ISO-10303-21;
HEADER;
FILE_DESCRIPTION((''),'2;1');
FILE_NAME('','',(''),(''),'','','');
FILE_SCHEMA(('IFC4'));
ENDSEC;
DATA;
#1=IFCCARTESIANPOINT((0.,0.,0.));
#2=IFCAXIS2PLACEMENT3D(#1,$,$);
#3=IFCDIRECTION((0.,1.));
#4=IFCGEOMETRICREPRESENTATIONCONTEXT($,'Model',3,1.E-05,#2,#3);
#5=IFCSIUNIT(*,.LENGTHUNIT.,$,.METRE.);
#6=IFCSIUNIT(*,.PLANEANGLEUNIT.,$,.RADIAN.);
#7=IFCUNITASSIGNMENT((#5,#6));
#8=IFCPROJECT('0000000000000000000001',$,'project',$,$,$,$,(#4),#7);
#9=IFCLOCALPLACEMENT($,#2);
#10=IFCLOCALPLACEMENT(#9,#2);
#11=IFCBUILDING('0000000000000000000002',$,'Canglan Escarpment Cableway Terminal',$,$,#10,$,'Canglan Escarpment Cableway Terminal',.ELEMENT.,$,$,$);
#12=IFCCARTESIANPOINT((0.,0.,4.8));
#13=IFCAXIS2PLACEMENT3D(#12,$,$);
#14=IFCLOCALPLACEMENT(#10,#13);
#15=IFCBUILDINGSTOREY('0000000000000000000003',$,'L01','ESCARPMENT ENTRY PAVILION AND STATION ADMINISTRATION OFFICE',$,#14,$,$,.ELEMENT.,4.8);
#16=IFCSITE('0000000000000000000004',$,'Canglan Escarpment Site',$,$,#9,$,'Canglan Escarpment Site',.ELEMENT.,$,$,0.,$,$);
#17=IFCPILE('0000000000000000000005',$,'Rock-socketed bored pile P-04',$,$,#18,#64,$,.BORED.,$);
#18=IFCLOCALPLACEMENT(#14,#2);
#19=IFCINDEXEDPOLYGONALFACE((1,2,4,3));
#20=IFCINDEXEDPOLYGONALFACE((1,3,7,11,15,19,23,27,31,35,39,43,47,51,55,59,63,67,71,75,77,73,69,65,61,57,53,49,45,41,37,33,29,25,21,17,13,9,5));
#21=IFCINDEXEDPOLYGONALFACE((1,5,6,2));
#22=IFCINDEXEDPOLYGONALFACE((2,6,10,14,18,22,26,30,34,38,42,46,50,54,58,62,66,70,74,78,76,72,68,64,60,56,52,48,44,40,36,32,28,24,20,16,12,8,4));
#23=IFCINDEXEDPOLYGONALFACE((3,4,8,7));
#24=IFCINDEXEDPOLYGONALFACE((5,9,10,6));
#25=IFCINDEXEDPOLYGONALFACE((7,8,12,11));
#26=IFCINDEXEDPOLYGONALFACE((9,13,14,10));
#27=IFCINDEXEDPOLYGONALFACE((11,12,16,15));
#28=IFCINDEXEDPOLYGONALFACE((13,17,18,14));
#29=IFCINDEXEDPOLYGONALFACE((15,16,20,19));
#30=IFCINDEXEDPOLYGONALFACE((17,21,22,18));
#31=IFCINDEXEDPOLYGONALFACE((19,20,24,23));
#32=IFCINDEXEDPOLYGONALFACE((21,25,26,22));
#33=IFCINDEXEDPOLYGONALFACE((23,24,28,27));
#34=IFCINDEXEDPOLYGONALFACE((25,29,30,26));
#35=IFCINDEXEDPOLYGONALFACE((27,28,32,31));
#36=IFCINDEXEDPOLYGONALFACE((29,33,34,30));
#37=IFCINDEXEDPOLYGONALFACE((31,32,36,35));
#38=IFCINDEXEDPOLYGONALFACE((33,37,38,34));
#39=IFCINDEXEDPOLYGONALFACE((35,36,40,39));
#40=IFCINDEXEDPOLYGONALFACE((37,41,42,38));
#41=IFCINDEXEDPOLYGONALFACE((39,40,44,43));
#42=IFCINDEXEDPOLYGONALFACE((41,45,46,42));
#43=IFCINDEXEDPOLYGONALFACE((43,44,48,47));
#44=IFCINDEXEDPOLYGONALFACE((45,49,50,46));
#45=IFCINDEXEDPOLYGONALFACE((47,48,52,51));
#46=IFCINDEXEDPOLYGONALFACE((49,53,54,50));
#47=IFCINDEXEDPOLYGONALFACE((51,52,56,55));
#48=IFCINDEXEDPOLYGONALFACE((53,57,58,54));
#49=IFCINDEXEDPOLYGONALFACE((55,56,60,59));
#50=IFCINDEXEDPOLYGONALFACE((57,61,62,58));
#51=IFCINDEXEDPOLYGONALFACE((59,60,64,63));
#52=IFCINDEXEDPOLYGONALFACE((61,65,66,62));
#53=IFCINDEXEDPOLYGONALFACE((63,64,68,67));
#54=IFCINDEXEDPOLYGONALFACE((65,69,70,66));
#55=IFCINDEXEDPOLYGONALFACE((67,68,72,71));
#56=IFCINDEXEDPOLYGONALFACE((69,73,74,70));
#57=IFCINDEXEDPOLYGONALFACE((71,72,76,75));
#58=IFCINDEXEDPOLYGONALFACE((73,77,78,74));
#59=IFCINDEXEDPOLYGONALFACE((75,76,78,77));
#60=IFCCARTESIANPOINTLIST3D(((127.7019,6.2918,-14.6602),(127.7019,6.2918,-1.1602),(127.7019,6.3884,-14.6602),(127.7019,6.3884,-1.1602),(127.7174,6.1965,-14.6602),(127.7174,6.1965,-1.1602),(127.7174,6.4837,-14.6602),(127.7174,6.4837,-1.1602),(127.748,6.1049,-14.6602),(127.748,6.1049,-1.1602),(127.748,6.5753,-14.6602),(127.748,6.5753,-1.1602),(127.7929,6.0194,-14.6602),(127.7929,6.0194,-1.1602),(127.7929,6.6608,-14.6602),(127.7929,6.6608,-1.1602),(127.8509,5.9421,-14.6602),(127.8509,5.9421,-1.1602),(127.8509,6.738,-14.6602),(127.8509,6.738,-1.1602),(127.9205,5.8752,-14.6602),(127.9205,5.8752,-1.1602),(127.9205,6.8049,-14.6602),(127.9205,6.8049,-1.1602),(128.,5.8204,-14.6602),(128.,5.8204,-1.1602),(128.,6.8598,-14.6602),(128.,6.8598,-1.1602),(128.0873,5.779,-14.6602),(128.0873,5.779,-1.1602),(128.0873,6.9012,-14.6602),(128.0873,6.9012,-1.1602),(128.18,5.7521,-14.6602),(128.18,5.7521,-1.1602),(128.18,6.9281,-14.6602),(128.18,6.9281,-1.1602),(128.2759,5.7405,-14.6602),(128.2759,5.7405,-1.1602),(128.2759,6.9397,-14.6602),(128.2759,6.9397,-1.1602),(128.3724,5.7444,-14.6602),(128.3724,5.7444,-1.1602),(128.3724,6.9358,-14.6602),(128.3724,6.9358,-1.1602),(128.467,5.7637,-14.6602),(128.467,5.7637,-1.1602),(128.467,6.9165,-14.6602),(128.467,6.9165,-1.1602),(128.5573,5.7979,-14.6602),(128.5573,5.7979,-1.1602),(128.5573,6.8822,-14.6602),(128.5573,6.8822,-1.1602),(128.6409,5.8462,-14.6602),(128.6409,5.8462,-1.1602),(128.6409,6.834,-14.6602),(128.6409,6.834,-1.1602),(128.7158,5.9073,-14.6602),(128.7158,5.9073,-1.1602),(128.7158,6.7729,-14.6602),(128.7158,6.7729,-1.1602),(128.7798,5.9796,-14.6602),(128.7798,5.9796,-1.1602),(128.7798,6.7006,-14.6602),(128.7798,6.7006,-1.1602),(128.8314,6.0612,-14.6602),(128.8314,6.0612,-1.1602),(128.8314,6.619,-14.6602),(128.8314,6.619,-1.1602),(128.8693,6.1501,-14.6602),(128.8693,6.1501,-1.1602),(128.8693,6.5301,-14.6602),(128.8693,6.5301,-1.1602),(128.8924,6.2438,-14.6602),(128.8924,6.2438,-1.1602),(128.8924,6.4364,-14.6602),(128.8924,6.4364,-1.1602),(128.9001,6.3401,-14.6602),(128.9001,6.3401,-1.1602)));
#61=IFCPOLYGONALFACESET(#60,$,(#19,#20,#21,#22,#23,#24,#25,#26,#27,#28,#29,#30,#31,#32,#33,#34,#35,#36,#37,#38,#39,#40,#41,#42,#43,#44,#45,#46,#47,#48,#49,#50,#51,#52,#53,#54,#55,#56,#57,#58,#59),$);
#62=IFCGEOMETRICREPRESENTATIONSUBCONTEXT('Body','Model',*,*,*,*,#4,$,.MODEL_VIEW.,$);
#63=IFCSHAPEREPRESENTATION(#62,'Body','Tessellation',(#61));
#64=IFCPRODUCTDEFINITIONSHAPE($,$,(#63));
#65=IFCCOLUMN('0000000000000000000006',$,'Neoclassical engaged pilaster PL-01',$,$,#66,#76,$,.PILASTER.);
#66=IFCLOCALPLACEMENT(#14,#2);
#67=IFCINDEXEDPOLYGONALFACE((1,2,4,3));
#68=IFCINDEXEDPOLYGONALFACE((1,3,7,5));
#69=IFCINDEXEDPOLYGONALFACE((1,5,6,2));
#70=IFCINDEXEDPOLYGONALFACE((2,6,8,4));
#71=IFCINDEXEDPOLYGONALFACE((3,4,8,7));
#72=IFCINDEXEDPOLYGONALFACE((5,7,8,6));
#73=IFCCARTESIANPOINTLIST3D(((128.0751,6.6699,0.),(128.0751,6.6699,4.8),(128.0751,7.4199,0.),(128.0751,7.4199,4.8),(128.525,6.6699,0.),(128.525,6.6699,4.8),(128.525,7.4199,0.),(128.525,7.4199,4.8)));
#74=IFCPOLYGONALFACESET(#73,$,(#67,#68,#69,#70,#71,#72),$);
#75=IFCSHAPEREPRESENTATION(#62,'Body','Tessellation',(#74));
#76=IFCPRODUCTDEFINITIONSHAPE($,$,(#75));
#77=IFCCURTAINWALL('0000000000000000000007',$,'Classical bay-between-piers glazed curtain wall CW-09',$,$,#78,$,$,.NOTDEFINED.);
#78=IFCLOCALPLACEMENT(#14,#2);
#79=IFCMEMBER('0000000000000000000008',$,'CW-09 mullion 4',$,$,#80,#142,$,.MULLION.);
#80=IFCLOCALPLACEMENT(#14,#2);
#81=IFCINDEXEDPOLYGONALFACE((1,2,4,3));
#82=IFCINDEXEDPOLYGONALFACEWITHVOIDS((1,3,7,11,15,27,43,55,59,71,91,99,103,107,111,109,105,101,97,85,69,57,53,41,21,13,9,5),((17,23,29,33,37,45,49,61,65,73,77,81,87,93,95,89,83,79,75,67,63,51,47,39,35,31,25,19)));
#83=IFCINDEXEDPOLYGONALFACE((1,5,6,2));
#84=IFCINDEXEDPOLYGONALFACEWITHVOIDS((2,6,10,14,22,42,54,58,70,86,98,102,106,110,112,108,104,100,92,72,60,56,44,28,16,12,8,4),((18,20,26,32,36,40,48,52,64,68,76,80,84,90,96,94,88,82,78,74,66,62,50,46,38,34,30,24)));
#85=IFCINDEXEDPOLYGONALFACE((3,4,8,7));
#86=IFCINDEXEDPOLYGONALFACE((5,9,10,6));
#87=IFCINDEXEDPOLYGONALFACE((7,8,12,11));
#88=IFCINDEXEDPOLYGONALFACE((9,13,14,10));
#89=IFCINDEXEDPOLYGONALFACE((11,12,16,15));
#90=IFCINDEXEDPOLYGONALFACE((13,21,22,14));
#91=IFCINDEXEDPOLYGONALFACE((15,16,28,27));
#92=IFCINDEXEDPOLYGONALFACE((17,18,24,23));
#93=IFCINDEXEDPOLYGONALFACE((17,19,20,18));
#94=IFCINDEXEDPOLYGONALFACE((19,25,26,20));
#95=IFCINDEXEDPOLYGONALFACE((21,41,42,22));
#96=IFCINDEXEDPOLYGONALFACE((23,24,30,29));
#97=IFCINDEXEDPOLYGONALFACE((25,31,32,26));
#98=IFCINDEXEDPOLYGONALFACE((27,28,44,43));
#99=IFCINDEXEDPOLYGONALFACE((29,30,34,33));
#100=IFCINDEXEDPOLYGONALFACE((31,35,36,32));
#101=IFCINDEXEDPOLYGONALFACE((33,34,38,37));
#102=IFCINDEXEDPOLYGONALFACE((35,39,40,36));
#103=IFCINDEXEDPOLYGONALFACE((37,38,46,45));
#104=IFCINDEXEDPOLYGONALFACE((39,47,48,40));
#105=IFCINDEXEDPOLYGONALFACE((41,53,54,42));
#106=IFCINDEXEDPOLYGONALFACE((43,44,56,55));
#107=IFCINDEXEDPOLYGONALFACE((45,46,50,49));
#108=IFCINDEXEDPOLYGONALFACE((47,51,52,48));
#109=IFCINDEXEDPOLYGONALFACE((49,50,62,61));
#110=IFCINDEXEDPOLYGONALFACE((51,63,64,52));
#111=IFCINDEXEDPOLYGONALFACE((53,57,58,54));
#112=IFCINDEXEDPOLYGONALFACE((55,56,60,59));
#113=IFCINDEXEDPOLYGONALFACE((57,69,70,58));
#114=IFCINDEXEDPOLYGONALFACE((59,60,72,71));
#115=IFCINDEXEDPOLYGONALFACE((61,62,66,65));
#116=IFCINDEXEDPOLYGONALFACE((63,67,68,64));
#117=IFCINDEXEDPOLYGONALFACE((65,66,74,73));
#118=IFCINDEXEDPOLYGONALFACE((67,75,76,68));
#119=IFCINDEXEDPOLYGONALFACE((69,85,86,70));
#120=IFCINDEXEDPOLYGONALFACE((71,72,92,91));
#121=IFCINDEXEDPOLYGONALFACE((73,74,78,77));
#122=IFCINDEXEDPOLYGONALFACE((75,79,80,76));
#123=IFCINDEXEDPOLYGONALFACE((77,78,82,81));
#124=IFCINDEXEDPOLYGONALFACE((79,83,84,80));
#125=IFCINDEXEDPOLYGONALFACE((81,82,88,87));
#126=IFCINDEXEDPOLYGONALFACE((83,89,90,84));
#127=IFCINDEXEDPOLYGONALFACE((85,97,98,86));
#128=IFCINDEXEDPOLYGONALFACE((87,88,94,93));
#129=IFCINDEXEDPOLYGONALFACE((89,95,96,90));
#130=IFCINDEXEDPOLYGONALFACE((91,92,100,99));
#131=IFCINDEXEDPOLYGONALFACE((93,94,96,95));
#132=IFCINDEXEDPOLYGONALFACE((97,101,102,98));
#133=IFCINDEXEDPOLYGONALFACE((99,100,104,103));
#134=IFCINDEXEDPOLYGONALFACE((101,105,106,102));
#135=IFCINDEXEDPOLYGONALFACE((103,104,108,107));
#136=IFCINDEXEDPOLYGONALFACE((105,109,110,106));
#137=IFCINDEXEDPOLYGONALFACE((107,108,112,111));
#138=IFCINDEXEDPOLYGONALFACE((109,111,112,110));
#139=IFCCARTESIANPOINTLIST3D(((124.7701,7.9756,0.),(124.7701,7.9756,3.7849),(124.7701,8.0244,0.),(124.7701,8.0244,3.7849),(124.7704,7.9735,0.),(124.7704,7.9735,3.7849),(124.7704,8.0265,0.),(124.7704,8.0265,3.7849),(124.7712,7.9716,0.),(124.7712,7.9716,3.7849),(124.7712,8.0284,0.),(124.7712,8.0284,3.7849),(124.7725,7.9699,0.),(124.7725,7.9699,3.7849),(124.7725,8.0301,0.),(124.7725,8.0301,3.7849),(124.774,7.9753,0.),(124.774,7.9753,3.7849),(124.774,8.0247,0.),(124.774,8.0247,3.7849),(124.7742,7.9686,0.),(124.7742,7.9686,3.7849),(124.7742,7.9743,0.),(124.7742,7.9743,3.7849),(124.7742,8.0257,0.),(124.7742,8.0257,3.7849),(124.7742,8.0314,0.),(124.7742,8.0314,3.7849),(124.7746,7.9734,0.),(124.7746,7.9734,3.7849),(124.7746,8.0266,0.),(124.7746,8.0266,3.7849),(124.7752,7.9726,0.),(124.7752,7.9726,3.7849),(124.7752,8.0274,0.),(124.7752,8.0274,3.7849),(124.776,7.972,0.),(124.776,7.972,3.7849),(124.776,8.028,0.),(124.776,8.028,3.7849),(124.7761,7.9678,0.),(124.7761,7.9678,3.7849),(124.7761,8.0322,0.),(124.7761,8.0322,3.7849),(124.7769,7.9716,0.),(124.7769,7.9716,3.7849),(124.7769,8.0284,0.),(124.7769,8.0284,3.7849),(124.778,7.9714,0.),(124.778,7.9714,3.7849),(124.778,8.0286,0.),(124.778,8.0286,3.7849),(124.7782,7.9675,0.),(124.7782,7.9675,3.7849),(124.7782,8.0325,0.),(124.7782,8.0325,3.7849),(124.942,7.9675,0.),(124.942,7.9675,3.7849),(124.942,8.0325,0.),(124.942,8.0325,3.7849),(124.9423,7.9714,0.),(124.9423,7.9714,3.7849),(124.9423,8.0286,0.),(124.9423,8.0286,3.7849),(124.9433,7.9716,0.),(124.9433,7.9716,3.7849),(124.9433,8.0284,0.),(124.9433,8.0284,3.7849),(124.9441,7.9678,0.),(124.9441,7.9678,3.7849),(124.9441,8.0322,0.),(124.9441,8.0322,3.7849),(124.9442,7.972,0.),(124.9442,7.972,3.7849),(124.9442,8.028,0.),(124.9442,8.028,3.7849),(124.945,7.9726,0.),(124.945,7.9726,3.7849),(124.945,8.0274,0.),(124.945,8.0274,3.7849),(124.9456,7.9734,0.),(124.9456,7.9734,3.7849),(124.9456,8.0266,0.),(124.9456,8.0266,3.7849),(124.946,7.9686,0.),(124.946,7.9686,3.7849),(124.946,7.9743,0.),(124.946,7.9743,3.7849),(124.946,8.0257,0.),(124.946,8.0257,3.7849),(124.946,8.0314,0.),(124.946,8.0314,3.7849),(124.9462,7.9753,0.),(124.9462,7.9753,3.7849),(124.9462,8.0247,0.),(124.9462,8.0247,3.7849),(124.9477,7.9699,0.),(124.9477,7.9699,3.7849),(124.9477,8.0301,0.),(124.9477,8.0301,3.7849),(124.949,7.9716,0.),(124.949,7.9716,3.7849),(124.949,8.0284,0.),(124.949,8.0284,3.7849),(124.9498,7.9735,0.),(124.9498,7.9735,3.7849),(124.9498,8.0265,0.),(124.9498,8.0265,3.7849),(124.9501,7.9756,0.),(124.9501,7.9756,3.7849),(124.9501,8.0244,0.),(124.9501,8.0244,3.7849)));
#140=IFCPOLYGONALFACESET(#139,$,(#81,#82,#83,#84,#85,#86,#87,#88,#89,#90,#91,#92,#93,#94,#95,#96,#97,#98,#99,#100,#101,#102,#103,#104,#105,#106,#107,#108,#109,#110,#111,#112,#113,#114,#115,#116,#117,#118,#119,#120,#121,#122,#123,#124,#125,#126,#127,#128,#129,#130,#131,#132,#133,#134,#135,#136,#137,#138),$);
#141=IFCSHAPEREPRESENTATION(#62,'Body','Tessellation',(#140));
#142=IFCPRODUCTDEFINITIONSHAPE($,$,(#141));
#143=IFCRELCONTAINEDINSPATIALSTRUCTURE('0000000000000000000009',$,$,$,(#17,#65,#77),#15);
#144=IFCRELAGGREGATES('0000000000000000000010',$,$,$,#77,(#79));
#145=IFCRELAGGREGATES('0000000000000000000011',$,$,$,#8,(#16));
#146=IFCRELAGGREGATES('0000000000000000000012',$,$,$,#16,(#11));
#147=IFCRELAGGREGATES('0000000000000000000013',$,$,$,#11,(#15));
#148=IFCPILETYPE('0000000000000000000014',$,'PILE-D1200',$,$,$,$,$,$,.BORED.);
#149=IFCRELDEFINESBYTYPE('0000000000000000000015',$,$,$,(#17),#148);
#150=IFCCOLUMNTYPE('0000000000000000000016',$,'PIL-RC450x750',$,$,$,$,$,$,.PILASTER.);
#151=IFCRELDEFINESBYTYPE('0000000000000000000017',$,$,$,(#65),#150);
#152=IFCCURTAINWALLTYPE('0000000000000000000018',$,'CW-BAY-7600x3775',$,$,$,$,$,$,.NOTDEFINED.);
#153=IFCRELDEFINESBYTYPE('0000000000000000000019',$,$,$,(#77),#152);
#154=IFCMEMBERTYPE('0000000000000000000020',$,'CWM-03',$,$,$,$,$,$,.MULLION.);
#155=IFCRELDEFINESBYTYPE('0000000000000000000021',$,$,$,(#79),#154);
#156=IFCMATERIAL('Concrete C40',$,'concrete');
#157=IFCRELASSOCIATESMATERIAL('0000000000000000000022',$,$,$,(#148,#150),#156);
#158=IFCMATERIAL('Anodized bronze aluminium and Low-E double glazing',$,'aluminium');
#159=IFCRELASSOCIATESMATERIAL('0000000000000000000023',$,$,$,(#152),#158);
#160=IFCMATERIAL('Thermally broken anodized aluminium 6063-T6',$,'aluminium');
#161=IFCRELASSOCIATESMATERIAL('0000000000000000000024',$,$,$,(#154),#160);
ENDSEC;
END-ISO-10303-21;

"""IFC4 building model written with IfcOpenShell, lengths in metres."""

from ifc_helpers import new_model, si_unit, direction, frame, origin, origin_2d, place, context, subcontext, project, spatial, rectangle, hollow_rectangle, circle, extrude, material, material_profile, profile_set, type_object, element, aggregate, save


model = new_model("IFC4")

# Units and contexts
model_context = context("Model", 3, precision=1e-05, world=origin(), true_north=direction((0.0, 1.0)))
body_context = subcontext(model_context, "Body", "Model", "MODEL_VIEW")
ifc_project = project(units=[si_unit("LENGTHUNIT", "METRE"), si_unit("PLANEANGLEUNIT", "RADIAN")], contexts=[model_context])

# Site, building, storey
site_placement = place(None, origin())
site = spatial("IfcSite", under=ifc_project, at=site_placement, Name="Canglan Escarpment Site", LongName="Canglan Escarpment Site", CompositionType="ELEMENT", RefElevation=0.0)
building_placement = place(site_placement, origin())
building = spatial("IfcBuilding", under=site, at=building_placement, Name="Canglan Escarpment Cableway Terminal", LongName="Canglan Escarpment Cableway Terminal", CompositionType="ELEMENT")
storey_placement = place(building_placement, frame((0.0, 0.0, 4.8)))
storey = spatial("IfcBuildingStorey", under=building, at=storey_placement, Name="L01", Description="ESCARPMENT ENTRY PAVILION AND STATION ADMINISTRATION OFFICE", CompositionType="ELEMENT", Elevation=4.8)

# Pile
ifc_material_1 = material(Name="Concrete C40", Category="concrete")
ifc_material_profile_1 = material_profile(ifc_material_1, circle(Radius=0.6001, at=origin_2d()), Name="BORED PILE D1200")
ifc_profile_set_1 = profile_set([ifc_material_profile_1], Name="Concrete C40")
pile_type = type_object("IfcPileType", Name="PILE-D1200", PredefinedType="BORED", material=ifc_profile_set_1)
pile_placement = place(storey_placement, frame((128.3, 6.3401, -1.1602), z_axis=(0.0, 0.0, -1.0), x_axis=(1.0, 0.0, 0.0)))
element("IfcPile", 1, at=pile_placement, inside=storey, type_object=pile_type, Name="Rock-socketed bored pile P-04", PredefinedType="BORED", context=body_context, shape_type="SweptSolid", body=[
    extrude(circle(Radius=0.6001, at=origin_2d()), origin(), (0.0, 0.0, 1.0), 13.5),
])

# Column
ifc_material_profile_2 = material_profile(ifc_material_1, rectangle(XDim=0.45, YDim=0.75, at=origin_2d()), Name="RC-PIL 450x750")
ifc_profile_set_2 = profile_set([ifc_material_profile_2], Name="Concrete C40")
column_type = type_object("IfcColumnType", Name="PIL-RC450x750", PredefinedType="PILASTER", material=ifc_profile_set_2)
column_placement = place(storey_placement, frame((128.3, 7.0449, 0.0), z_axis=(0.0, 0.0, 1.0), x_axis=(1.0, 0.0, 0.0)))
element("IfcColumn", 2, at=column_placement, inside=storey, type_object=column_type, Name="Neoclassical engaged pilaster PL-01", PredefinedType="PILASTER", context=body_context, shape_type="SweptSolid", body=[
    extrude(rectangle(XDim=0.45, YDim=0.75, at=origin_2d()), origin(), (0.0, 0.0, 1.0), 4.8),
])

# Curtain wall, member
ifc_material_2 = material(Name="Anodized bronze aluminium and Low-E double glazing", Category="aluminium")
curtain_wall_type = type_object("IfcCurtainWallType", Name="CW-BAY-7600x3775", PredefinedType="NOTDEFINED", material=ifc_material_2)
curtain_wall_placement = place(storey_placement, origin())
curtain_wall = element("IfcCurtainWall", 3, at=curtain_wall_placement, inside=storey, type_object=curtain_wall_type, Name="Classical bay-between-piers glazed curtain wall CW-09", PredefinedType="NOTDEFINED")
ifc_material_3 = material(Name="Thermally broken anodized aluminium 6063-T6", Category="aluminium")
ifc_material_profile_3 = material_profile(ifc_material_3, hollow_rectangle(XDim=0.0649, YDim=0.1799, WallThickness=0.0039, InnerFilletRadius=0.0039, OuterFilletRadius=0.0081, at=origin_2d()), Name="ALU-MULL 65x180x4")
ifc_profile_set_3 = profile_set([ifc_material_profile_3], Name="Thermally broken anodized aluminium 6063-T6")
member_type_1 = type_object("IfcMemberType", Name="CWM-03", PredefinedType="MULLION", material=ifc_profile_set_3)
member_1_placement = place(storey_placement, frame((124.8601, 8.0, 0.0), z_axis=(0.0, 0.0, 1.0), x_axis=(0.0, 1.0, 0.0)))
member_1 = element("IfcMember", 4, at=member_1_placement, type_object=member_type_1, Name="CW-09 mullion 4", PredefinedType="MULLION", context=body_context, shape_type="SweptSolid", body=[
    extrude(hollow_rectangle(XDim=0.0649, YDim=0.1799, WallThickness=0.0039, InnerFilletRadius=0.0039, OuterFilletRadius=0.0081, at=origin_2d()), origin(), (0.0, 0.0, 1.0), 3.7849),
])
aggregate(curtain_wall, [member_1])

save(model, "model.ifc")
